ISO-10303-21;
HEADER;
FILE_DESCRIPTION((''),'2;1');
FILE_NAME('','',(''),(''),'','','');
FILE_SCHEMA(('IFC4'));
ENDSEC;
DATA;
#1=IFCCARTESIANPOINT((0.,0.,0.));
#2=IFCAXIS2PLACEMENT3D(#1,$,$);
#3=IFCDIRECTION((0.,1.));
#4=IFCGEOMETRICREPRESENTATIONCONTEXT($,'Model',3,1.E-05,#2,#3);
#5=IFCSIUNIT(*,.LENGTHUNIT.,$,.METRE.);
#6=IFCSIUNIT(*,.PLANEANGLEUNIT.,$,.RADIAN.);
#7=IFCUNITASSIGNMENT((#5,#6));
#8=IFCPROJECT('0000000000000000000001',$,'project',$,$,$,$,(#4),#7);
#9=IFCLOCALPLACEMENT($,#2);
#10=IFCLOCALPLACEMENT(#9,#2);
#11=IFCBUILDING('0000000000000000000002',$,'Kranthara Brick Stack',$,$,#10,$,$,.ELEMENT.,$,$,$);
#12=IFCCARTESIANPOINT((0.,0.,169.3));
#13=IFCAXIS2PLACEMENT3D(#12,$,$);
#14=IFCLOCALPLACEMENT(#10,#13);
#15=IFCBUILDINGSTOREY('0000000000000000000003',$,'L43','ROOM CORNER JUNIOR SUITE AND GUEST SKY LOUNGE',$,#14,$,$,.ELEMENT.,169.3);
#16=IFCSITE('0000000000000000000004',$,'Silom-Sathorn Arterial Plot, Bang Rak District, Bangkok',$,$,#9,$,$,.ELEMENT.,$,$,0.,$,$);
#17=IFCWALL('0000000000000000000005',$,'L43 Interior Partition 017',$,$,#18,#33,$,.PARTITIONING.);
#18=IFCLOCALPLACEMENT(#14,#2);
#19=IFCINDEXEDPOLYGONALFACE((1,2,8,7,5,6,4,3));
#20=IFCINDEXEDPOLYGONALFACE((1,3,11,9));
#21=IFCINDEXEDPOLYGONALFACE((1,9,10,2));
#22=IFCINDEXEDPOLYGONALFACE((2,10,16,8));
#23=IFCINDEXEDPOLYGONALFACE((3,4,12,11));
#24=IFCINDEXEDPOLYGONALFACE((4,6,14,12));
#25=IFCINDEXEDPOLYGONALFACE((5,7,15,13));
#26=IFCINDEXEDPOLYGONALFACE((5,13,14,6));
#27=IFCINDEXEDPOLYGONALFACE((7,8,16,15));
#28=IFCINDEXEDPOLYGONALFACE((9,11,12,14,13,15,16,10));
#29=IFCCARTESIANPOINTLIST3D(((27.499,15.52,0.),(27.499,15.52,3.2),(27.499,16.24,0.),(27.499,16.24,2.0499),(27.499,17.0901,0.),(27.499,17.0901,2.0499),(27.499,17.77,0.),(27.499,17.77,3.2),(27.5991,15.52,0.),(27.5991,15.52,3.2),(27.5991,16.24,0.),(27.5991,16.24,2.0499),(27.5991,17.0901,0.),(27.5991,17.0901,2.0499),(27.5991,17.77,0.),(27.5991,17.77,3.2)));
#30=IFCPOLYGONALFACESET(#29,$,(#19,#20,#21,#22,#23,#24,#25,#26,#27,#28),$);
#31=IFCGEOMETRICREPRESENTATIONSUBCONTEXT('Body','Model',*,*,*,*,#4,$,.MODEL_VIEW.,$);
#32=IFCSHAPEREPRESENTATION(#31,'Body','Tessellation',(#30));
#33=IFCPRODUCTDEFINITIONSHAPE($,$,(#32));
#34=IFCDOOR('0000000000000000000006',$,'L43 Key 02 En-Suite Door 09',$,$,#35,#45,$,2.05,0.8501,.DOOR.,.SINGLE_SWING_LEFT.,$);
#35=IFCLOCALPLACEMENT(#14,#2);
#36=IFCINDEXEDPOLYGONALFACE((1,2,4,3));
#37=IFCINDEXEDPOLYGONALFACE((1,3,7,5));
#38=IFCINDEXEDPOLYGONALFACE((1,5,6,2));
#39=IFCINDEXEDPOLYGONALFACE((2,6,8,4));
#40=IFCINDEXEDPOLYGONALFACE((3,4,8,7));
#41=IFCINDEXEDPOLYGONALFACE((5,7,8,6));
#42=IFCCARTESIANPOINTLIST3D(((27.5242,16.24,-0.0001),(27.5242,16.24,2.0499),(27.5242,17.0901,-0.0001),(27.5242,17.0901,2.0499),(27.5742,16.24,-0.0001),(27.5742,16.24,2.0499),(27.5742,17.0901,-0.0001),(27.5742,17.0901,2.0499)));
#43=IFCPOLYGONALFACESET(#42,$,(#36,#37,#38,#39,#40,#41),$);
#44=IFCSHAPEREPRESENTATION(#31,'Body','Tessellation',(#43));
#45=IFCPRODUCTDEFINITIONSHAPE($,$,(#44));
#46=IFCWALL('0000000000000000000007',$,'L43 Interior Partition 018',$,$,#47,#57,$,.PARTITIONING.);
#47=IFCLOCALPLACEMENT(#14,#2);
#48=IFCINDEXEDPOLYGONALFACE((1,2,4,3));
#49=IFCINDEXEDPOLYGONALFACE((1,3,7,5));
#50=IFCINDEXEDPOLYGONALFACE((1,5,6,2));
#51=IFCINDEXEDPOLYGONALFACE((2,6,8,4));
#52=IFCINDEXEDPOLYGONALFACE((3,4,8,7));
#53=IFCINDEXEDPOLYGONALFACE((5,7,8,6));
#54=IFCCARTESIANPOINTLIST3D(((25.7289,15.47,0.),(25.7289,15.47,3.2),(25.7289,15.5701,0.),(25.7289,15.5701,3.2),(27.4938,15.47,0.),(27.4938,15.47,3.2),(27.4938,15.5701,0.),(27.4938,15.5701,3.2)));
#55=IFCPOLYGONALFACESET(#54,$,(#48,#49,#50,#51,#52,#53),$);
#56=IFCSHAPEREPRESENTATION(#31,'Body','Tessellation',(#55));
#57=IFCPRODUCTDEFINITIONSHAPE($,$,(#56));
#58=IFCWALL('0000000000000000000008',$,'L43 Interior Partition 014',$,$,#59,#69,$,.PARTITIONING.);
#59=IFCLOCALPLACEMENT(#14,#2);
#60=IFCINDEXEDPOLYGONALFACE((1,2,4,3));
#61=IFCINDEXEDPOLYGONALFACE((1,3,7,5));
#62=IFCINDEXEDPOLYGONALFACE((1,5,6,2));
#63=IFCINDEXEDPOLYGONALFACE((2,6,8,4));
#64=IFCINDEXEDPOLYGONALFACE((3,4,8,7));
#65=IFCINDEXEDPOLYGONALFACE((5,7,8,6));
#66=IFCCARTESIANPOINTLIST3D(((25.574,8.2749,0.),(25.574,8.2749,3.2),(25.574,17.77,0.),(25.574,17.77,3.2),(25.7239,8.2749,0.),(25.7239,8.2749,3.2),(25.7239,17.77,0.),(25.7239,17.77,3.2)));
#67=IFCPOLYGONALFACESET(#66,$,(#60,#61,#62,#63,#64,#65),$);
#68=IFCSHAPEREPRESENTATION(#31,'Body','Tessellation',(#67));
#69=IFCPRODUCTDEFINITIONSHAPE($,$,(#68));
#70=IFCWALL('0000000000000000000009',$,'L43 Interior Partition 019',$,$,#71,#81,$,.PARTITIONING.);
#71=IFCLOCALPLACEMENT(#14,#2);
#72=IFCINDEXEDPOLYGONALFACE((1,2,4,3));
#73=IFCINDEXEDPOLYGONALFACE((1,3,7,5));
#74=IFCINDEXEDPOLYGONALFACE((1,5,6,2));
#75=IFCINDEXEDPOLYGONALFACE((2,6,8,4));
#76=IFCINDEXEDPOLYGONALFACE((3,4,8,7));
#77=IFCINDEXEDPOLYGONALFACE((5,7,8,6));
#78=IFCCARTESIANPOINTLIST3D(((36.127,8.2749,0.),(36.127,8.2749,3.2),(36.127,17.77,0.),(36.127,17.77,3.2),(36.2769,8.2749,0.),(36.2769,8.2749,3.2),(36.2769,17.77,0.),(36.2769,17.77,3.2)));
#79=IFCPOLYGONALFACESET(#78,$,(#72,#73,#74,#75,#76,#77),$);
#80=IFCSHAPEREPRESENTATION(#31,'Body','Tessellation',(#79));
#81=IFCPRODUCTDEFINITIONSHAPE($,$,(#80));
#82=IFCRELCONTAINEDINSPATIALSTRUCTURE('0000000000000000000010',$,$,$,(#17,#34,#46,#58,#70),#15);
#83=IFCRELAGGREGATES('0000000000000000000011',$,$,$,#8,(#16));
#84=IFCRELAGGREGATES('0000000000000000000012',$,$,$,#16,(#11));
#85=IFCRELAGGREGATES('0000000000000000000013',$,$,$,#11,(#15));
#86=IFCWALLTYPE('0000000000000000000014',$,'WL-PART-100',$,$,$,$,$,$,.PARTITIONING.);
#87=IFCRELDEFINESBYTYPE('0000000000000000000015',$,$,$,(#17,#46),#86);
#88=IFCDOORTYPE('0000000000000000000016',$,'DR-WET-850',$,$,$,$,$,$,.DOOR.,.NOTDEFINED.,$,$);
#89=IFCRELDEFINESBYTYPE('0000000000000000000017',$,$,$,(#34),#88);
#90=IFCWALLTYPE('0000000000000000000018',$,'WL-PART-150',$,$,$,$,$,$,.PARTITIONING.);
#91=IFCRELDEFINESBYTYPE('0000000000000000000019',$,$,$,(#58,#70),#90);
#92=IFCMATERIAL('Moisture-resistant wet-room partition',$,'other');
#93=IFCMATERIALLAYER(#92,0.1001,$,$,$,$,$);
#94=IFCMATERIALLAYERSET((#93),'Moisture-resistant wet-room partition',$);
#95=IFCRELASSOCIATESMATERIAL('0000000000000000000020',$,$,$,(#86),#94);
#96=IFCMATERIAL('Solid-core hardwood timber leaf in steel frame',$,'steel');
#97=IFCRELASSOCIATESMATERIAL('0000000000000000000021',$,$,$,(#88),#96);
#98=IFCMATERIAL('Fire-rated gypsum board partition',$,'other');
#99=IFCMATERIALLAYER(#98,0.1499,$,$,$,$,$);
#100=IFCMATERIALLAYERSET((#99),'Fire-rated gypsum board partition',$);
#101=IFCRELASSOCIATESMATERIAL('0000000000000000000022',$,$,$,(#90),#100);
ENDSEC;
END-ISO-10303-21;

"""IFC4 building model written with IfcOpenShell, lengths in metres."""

from ifc_helpers import new_model, si_unit, direction, frame, frame_2d, origin, place, context, subcontext, project, spatial, rectangle, extrude, material, layer, layer_set, type_object, element, fill, save


model = new_model("IFC4")

# Units and contexts
model_context = context("Model", 3, precision=1e-05, world=origin(), true_north=direction((0.0, 1.0)))
body_context = subcontext(model_context, "Body", "Model", "MODEL_VIEW")
ifc_project = project(units=[si_unit("LENGTHUNIT", "METRE"), si_unit("PLANEANGLEUNIT", "RADIAN")], contexts=[model_context])

# Site, building, storey
site_placement = place(None, origin())
site = spatial("IfcSite", under=ifc_project, at=site_placement, Name="Silom-Sathorn Arterial Plot, Bang Rak District, Bangkok", CompositionType="ELEMENT", RefElevation=0.0)
building_placement = place(site_placement, origin())
building = spatial("IfcBuilding", under=site, at=building_placement, Name="Kranthara Brick Stack", CompositionType="ELEMENT")
storey_placement = place(building_placement, frame((0.0, 0.0, 169.3)))
storey = spatial("IfcBuildingStorey", under=building, at=storey_placement, Name="L43", Description="ROOM CORNER JUNIOR SUITE AND GUEST SKY LOUNGE", CompositionType="ELEMENT", Elevation=169.3)

# Wall, opening, door
ifc_material_1 = material(Name="Moisture-resistant wet-room partition", Category="other")
ifc_layer_1 = layer(ifc_material_1, 0.1001)
ifc_layer_set_1 = layer_set([ifc_layer_1], Name="Moisture-resistant wet-room partition")
wall_type_1 = type_object("IfcWallType", Name="WL-PART-100", PredefinedType="PARTITIONING", material=ifc_layer_set_1)
wall_1_placement = place(storey_placement, frame((27.5491, 15.52, 0.0), z_axis=(0.0, 0.0, 1.0), x_axis=(0.0, 1.0, 0.0)))
wall_1 = element("IfcWall", 1, at=wall_1_placement, inside=storey, type_object=wall_type_1, Name="L43 Interior Partition 017", PredefinedType="PARTITIONING", context=body_context, shape_type="SweptSolid", body=[
    extrude(rectangle(XDim=2.25, YDim=0.1001, at=frame_2d((1.125, 0.0))), origin(), (0.0, 0.0, 1.0), 3.2),
])
opening_placement = place(wall_1_placement, frame((0.72, 0.0, 0.0)))
opening = element("IfcOpeningElement", 2, at=opening_placement, cuts=wall_1, PredefinedType="OPENING", context=body_context, shape_type="SweptSolid", body=[
    extrude(rectangle(XDim=0.8501, YDim=2.05, at=frame_2d((0.425, 1.0249))), frame((0.0, 0.0601, 0.0), z_axis=(0.0, -1.0, 0.0), x_axis=(1.0, 0.0, 0.0)), (0.0, 0.0, 1.0), 0.1201),
])
ifc_material_2 = material(Name="Solid-core hardwood timber leaf in steel frame", Category="steel")
door_type = type_object("IfcDoorType", Name="DR-WET-850", OperationType="NOTDEFINED", PredefinedType="DOOR", material=ifc_material_2)
door_placement = place(opening_placement, origin())
door = element("IfcDoor", 3, at=door_placement, inside=storey, type_object=door_type, Name="L43 Key 02 En-Suite Door 09", OperationType="SINGLE_SWING_LEFT", OverallHeight=2.05, OverallWidth=0.8501, PredefinedType="DOOR", context=body_context, shape_type="SweptSolid", body=[
    extrude(rectangle(XDim=0.8501, YDim=2.05, at=frame_2d((0.425, 1.0249))), frame((0.0, 0.0249, 0.0), z_axis=(0.0, -1.0, 0.0), x_axis=(1.0, 0.0, 0.0)), (0.0, 0.0, 1.0), 0.05),
])
fill(opening, door)

# Walls
wall_2_placement = place(storey_placement, frame((25.729, 15.52, 0.0), z_axis=(0.0, 0.0, 1.0), x_axis=(1.0, 0.0, 0.0)))
element("IfcWall", 4, at=wall_2_placement, inside=storey, type_object=wall_type_1, Name="L43 Interior Partition 018", PredefinedType="PARTITIONING", context=body_context, shape_type="SweptSolid", body=[
    extrude(rectangle(XDim=1.7649, YDim=0.1001, at=frame_2d((0.8823, 0.0))), origin(), (0.0, 0.0, 1.0), 3.2),
])
ifc_material_3 = material(Name="Fire-rated gypsum board partition", Category="other")
ifc_layer_2 = layer(ifc_material_3, 0.1499)
ifc_layer_set_2 = layer_set([ifc_layer_2], Name="Fire-rated gypsum board partition")
wall_type_2 = type_object("IfcWallType", Name="WL-PART-150", PredefinedType="PARTITIONING", material=ifc_layer_set_2)
for number, where, z_axis, x_axis, name in (
    (5, (25.6489, 8.2749, 0.0), (0.0, 0.0, 1.0), (0.0, 1.0, 0.0), "L43 Interior Partition 014"),
    (6, (36.2019, 8.2749, 0.0), (0.0, 0.0, 1.0), (0.0, 1.0, 0.0), "L43 Interior Partition 019"),
):
    element("IfcWall", number, at=place(storey_placement, frame(where, z_axis=z_axis, x_axis=x_axis)), inside=storey, type_object=wall_type_2, Name=name, PredefinedType="PARTITIONING", context=body_context, shape_type="SweptSolid", body=[
        extrude(rectangle(XDim=9.4951, YDim=0.1499, at=frame_2d((4.7476, 0.0))), origin(), (0.0, 0.0, 1.0), 3.2),
    ])

save(model, "model.ifc")
